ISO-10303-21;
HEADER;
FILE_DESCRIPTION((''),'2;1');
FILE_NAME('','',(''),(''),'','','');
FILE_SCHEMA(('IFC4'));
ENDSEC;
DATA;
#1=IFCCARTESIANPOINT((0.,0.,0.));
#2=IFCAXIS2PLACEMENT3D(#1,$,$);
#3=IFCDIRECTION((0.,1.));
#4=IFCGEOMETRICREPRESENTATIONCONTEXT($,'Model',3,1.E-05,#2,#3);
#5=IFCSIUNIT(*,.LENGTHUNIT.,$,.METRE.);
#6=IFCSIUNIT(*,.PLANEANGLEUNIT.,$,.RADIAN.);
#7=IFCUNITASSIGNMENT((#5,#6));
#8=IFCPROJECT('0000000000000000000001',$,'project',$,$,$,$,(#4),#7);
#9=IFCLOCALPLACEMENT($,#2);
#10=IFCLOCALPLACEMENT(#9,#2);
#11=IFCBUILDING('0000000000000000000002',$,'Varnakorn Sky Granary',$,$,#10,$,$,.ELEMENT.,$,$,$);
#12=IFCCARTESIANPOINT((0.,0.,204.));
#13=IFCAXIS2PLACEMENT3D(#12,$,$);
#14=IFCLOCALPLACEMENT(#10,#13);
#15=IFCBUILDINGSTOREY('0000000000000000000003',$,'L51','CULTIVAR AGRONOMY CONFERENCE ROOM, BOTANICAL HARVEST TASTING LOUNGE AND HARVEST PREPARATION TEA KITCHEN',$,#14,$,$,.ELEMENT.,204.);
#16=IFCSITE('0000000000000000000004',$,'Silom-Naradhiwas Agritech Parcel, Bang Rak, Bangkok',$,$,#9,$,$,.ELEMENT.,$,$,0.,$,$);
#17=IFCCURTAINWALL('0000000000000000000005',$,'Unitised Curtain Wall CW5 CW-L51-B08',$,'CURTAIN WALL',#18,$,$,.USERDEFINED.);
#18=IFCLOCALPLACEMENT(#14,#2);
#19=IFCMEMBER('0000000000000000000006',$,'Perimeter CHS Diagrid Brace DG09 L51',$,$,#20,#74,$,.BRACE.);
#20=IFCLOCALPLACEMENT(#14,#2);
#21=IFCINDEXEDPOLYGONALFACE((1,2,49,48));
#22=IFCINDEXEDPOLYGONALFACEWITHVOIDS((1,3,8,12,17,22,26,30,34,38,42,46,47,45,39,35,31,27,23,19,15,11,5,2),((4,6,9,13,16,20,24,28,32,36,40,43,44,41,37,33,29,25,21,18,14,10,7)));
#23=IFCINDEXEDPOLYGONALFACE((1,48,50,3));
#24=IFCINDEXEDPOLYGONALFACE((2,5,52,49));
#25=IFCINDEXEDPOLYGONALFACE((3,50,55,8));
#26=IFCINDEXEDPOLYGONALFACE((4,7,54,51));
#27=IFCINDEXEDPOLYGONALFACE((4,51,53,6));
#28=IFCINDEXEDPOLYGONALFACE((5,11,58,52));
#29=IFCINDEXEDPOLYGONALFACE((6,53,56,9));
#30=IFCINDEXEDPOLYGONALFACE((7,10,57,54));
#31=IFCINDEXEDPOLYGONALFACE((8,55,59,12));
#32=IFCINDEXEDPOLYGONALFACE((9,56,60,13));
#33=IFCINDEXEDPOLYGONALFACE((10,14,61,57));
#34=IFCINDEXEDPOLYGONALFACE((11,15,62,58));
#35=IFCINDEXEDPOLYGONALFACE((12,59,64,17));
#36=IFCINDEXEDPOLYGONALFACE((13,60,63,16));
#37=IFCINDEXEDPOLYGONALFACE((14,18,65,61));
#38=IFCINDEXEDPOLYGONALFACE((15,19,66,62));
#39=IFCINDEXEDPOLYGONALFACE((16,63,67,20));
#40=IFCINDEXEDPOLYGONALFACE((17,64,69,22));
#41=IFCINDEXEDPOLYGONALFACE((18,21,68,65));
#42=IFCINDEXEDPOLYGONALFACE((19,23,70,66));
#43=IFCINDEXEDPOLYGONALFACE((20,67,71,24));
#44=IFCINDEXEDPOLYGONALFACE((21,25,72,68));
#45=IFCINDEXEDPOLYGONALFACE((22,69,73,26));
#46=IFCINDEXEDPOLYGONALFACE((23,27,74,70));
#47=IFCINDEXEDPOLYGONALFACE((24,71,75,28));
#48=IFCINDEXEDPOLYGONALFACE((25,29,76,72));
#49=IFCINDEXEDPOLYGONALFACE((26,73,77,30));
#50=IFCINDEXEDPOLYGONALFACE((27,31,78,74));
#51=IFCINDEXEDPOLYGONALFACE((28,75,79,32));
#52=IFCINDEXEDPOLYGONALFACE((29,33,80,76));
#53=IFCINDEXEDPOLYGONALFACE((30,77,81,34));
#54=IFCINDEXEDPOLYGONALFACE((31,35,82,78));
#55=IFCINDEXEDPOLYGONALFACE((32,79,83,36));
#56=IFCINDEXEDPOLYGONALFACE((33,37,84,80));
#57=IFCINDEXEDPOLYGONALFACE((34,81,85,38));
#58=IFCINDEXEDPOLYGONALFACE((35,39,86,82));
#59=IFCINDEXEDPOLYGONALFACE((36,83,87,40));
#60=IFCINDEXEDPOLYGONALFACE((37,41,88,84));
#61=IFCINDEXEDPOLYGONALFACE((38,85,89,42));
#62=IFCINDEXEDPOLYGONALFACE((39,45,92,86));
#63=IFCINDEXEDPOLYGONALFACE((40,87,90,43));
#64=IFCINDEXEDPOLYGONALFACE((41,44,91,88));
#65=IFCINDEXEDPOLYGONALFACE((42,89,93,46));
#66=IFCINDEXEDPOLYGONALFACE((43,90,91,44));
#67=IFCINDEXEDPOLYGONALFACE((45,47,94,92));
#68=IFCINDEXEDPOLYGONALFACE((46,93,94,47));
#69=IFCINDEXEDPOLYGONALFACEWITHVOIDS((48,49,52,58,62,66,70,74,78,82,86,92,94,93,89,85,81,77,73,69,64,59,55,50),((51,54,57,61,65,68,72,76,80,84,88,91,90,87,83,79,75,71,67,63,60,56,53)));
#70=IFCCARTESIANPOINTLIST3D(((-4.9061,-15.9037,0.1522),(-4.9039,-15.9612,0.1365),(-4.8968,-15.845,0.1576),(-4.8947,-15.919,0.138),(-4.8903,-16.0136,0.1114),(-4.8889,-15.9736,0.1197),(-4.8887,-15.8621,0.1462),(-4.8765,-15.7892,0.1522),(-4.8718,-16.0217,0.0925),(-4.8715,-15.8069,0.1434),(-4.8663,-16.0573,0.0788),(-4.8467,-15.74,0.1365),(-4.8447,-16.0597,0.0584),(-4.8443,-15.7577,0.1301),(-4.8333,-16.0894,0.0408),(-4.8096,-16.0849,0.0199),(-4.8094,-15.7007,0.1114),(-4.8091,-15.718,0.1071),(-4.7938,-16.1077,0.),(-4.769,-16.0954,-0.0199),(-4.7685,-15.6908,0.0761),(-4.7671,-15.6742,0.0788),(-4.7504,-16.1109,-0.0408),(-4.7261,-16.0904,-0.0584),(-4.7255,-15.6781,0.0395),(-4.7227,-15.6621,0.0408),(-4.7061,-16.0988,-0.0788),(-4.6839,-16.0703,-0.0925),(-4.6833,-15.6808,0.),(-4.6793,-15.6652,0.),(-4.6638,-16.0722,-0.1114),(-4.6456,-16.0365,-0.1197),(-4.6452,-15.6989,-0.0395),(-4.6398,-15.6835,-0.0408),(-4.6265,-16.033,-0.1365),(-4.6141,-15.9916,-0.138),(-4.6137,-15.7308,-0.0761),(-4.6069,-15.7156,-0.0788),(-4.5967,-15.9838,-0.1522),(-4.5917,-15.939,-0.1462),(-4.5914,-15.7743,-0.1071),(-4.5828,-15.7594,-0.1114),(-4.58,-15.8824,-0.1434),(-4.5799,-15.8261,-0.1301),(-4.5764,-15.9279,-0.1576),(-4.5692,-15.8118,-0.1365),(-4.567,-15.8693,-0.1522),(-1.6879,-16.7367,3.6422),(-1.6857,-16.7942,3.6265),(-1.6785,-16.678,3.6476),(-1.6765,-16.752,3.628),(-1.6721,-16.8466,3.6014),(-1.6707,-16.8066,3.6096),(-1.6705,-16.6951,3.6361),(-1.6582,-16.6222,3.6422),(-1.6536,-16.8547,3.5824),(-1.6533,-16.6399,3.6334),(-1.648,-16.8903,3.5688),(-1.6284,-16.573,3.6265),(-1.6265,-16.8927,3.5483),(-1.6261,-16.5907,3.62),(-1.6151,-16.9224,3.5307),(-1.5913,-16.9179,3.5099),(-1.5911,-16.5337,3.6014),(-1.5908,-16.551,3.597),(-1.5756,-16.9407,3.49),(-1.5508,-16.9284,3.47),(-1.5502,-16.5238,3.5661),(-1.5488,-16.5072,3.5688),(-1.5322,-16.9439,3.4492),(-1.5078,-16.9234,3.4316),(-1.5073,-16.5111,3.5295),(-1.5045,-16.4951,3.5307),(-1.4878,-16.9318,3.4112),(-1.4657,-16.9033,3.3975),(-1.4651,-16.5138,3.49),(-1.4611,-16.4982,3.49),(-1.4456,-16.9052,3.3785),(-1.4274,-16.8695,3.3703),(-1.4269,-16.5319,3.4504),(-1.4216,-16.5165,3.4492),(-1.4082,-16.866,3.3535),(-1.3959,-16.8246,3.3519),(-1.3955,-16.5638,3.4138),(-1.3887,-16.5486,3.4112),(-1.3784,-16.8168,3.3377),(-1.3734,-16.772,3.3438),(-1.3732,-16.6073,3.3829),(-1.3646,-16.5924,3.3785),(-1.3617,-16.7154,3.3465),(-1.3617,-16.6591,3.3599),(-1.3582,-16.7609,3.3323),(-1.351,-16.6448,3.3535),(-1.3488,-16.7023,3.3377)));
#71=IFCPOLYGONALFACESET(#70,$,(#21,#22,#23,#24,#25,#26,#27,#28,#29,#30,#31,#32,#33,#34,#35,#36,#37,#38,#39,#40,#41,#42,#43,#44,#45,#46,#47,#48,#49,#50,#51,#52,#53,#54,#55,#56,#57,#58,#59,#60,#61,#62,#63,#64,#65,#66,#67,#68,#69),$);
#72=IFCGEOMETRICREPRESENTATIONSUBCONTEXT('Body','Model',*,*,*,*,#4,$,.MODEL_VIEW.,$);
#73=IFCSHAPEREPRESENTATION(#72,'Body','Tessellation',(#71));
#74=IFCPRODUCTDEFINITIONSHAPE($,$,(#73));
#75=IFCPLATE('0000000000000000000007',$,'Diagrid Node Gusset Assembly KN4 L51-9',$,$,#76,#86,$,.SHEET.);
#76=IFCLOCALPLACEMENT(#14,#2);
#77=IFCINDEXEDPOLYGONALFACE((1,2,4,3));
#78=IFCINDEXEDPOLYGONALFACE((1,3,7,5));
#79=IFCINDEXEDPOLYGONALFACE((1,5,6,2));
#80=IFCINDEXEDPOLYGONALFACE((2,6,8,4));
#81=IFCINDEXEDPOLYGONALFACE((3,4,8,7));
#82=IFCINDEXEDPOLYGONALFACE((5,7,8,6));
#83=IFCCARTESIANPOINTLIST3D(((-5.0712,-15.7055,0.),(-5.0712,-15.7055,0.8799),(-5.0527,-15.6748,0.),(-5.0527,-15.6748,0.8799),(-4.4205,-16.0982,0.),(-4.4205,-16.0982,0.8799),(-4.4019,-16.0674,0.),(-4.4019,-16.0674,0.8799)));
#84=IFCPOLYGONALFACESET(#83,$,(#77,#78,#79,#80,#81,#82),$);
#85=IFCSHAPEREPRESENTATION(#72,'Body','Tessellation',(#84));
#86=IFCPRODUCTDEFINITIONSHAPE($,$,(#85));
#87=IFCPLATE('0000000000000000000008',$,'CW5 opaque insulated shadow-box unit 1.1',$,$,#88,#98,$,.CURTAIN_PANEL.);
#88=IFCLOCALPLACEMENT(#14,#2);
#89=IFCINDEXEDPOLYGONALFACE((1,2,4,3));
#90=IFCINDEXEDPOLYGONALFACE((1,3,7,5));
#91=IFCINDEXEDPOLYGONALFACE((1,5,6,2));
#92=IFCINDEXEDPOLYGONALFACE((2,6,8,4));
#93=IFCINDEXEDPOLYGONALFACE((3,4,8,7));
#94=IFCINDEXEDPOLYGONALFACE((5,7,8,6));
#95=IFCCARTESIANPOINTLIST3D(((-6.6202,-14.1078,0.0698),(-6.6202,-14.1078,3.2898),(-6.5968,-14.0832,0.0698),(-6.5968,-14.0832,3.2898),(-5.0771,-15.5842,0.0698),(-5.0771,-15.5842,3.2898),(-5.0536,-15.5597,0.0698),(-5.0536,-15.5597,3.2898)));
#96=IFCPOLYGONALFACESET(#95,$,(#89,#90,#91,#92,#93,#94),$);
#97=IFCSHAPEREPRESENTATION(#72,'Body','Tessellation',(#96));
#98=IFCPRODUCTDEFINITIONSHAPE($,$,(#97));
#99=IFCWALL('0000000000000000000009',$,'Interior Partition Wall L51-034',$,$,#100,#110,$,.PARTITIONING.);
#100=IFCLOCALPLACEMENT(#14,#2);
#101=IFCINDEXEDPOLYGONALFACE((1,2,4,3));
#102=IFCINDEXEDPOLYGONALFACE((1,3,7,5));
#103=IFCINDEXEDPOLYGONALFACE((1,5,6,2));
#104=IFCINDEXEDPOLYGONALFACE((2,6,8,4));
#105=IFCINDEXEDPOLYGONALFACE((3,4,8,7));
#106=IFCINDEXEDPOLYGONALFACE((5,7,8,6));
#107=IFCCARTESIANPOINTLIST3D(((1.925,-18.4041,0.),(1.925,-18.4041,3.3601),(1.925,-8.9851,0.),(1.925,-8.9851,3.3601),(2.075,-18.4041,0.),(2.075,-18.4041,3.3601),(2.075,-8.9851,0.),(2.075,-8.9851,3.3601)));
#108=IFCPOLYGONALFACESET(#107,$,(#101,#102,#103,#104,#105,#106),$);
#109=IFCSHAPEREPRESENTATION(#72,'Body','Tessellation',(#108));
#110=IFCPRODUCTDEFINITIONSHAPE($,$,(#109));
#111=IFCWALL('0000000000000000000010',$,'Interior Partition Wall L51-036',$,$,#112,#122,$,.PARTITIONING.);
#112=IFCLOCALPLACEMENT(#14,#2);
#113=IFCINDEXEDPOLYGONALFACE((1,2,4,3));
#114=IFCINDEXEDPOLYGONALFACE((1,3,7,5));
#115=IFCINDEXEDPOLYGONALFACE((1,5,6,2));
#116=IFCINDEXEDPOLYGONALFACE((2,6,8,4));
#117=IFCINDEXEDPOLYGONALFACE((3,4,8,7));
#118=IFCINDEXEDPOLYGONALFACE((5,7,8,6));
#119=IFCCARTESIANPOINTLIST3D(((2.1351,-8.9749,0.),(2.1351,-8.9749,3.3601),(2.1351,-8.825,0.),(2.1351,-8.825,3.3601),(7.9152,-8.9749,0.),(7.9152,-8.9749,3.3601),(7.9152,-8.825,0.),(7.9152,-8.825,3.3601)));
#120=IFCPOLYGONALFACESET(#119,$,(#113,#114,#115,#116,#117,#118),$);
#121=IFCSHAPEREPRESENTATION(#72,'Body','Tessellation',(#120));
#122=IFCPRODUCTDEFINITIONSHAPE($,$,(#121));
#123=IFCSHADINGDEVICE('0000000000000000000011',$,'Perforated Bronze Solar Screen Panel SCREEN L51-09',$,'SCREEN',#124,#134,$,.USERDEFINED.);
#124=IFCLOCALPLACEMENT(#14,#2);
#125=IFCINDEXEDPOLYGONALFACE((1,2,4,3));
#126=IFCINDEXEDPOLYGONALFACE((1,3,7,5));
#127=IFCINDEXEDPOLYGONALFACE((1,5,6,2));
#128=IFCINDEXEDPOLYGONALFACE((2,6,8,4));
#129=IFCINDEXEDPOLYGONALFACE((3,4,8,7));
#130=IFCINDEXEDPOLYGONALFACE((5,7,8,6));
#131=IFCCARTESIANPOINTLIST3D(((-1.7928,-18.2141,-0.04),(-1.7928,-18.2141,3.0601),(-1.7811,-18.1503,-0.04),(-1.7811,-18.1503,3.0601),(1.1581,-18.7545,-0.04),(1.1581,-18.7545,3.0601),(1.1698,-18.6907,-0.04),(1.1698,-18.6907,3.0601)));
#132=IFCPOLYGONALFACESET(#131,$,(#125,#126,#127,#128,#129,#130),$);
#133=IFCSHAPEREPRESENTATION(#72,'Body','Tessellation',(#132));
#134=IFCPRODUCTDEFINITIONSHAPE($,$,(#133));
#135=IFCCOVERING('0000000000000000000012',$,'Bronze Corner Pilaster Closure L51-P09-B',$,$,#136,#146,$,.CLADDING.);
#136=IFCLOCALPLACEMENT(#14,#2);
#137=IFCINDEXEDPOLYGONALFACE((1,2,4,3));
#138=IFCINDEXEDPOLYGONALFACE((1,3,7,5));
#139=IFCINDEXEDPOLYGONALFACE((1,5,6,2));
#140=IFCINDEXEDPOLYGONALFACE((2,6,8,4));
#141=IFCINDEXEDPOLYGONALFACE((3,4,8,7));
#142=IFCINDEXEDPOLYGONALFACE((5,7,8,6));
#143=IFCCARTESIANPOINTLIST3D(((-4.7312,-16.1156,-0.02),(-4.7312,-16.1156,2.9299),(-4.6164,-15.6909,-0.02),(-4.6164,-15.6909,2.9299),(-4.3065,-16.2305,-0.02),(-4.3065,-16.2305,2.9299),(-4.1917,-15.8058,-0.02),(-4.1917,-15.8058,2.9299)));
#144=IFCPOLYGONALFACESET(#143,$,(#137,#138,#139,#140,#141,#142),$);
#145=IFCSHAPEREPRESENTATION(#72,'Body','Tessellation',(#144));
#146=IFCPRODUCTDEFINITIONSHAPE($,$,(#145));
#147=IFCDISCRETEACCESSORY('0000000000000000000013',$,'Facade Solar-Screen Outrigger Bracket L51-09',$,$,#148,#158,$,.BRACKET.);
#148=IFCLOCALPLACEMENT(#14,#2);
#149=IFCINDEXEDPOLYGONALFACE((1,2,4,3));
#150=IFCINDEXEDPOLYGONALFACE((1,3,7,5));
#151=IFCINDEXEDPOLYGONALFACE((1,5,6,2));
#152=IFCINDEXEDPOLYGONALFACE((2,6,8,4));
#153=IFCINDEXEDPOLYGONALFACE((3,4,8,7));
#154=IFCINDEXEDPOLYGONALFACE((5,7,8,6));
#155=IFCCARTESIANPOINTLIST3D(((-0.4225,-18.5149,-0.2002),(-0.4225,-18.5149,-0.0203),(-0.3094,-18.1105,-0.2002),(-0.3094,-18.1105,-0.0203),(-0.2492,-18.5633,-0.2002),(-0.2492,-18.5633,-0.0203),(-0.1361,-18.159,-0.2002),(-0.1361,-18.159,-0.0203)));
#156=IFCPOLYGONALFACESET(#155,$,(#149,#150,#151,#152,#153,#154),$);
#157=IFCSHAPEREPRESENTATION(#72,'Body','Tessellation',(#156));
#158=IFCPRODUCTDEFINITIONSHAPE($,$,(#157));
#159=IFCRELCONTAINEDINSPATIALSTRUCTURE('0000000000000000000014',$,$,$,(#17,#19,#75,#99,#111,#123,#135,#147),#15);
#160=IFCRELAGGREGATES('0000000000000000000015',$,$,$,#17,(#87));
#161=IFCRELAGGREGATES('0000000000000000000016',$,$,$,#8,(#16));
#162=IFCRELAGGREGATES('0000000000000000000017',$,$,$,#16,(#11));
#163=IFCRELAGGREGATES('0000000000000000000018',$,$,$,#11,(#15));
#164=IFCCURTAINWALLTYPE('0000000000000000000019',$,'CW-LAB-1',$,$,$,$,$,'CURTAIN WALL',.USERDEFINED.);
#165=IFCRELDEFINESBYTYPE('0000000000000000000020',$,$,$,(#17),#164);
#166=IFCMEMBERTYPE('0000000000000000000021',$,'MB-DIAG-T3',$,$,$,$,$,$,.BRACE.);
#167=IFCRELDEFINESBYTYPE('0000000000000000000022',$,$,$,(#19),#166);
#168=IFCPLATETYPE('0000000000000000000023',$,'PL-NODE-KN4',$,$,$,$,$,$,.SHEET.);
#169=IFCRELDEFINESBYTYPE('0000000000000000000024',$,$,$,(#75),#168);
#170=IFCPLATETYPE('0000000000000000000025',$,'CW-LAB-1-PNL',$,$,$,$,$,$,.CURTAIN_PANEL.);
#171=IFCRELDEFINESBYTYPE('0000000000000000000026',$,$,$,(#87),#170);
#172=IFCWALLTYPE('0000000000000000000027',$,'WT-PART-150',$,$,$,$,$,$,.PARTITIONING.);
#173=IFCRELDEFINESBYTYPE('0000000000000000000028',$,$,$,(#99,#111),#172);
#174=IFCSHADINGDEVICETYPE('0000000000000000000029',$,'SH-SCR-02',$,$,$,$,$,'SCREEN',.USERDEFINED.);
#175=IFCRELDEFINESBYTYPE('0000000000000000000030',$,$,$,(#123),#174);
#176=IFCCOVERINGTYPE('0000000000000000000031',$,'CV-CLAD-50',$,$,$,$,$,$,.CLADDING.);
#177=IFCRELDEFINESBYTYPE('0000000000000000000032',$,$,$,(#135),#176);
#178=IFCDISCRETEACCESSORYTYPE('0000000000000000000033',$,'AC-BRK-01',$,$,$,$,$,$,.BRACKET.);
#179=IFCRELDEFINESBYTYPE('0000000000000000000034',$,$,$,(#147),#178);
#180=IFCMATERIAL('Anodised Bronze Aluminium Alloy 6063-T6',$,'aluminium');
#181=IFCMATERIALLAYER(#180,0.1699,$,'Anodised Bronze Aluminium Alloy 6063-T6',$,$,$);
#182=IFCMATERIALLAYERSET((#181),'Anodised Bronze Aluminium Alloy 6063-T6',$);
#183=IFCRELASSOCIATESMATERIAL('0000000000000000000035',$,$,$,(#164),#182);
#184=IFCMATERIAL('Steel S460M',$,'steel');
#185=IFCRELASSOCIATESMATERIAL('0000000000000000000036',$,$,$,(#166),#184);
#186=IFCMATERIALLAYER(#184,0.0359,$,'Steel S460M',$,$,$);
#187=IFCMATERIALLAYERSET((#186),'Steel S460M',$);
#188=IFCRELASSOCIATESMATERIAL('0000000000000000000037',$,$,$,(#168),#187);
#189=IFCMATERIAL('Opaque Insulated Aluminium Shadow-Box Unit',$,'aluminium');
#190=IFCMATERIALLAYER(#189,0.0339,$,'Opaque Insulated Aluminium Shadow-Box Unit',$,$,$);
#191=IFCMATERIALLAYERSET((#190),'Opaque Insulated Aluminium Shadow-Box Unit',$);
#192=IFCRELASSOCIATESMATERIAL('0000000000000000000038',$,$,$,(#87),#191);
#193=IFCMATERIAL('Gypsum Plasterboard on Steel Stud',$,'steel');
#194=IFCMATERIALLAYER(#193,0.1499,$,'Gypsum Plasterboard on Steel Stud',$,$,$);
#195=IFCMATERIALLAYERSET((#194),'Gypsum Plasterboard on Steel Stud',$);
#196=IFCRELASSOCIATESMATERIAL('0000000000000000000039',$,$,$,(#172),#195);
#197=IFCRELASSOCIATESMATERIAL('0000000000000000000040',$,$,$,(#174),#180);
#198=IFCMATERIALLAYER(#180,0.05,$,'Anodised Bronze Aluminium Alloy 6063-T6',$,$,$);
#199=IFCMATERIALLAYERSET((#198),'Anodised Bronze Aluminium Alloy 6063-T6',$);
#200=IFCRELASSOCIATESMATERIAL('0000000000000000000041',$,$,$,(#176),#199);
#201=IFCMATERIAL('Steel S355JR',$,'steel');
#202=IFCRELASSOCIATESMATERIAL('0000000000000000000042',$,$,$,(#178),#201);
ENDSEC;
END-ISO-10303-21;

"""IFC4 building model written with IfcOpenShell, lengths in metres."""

from ifc_helpers import new_model, si_unit, direction, frame, frame_2d, origin, origin_2d, place, context, subcontext, project, spatial, rectangle, hollow_circle, extrude, source, transform, mapped, material, layer, layer_set, material_profile, profile_set, type_object, type_shapes, element, aggregate, save


model = new_model("IFC4")

# Units and contexts
model_context = context("Model", 3, precision=1e-05, world=origin(), true_north=direction((0.0, 1.0)))
body_context = subcontext(model_context, "Body", "Model", "MODEL_VIEW")
ifc_project = project(units=[si_unit("LENGTHUNIT", "METRE"), si_unit("PLANEANGLEUNIT", "RADIAN")], contexts=[model_context])

# Site, building, storey
site_placement = place(None, origin())
site = spatial("IfcSite", under=ifc_project, at=site_placement, Name="Silom-Naradhiwas Agritech Parcel, Bang Rak, Bangkok", CompositionType="ELEMENT", RefElevation=0.0)
building_placement = place(site_placement, origin())
building = spatial("IfcBuilding", under=site, at=building_placement, Name="Varnakorn Sky Granary", CompositionType="ELEMENT")
storey_placement = place(building_placement, frame((0.0, 0.0, 204.0)))
storey = spatial("IfcBuildingStorey", under=building, at=storey_placement, Name="L51", Description="CULTIVAR AGRONOMY CONFERENCE ROOM, BOTANICAL HARVEST TASTING LOUNGE AND HARVEST PREPARATION TEA KITCHEN", CompositionType="ELEMENT", Elevation=204.0)

# Shared definitions
ifc_material_1 = material(Name="Steel S460M", Category="steel")

# Shared definitions
ifc_material_2 = material(Name="Steel S355JR", Category="steel")

# Curtain wall
ifc_material_3 = material(Name="Anodised Bronze Aluminium Alloy 6063-T6", Category="aluminium")
ifc_layer_1 = layer(ifc_material_3, 0.1699, Name="Anodised Bronze Aluminium Alloy 6063-T6")
ifc_layer_set_1 = layer_set([ifc_layer_1], Name="Anodised Bronze Aluminium Alloy 6063-T6")
curtain_wall_type = type_object("IfcCurtainWallType", Name="CW-LAB-1", ElementType="CURTAIN WALL", PredefinedType="USERDEFINED", material=ifc_layer_set_1)
curtain_wall_placement = place(storey_placement, origin())
curtain_wall = element("IfcCurtainWall", 1, at=curtain_wall_placement, inside=storey, type_object=curtain_wall_type, Name="Unitised Curtain Wall CW5 CW-L51-B08", ObjectType="CURTAIN WALL", PredefinedType="USERDEFINED")

# Member
ifc_material_profile_1 = material_profile(ifc_material_1, hollow_circle(Radius=0.2285, WallThickness=0.0161, at=origin_2d()), Name="CHS 457x16")
ifc_profile_set_1 = profile_set([ifc_material_profile_1], Name="Steel S460M")
member_type_1 = type_object("IfcMemberType", Name="MB-DIAG-T3", PredefinedType="BRACE", material=ifc_profile_set_1)
member_1_placement = place(storey_placement, frame((-4.7366, -15.8865, 0.0), z_axis=(0.667707, -0.172828, 0.724084), x_axis=(0.25058, 0.968096, 0.0)))
element("IfcMember", 2, at=member_1_placement, inside=storey, type_object=member_type_1, Name="Perimeter CHS Diagrid Brace DG09 L51", PredefinedType="BRACE", context=body_context, shape_type="SweptSolid", body=[
    extrude(hollow_circle(Radius=0.2285, WallThickness=0.0161, at=origin_2d()), origin(), (0.0, 0.0, 1.0), 4.8198),
])

# Plates
ifc_layer_2 = layer(ifc_material_1, 0.0359, Name="Steel S460M")
ifc_layer_set_2 = layer_set([ifc_layer_2], Name="Steel S460M")
plate_type_1 = type_object("IfcPlateType", Name="PL-NODE-KN4", PredefinedType="SHEET", material=ifc_layer_set_2)
plate_1_placement = place(storey_placement, frame((-4.7366, -15.8865, 0.0), z_axis=(0.0, 0.0, 1.0), x_axis=(0.856191, -0.51666, 0.0)))
element("IfcPlate", 3, at=plate_1_placement, inside=storey, type_object=plate_type_1, Name="Diagrid Node Gusset Assembly KN4 L51-9", PredefinedType="SHEET", context=body_context, shape_type="SweptSolid", body=[
    extrude(rectangle(XDim=0.76, YDim=0.0359, at=origin_2d()), origin(), (0.0, 0.0, 1.0), 0.8799),
])
ifc_material_4 = material(Name="Opaque Insulated Aluminium Shadow-Box Unit", Category="aluminium")
ifc_layer_3 = layer(ifc_material_4, 0.0339, Name="Opaque Insulated Aluminium Shadow-Box Unit")
ifc_layer_set_3 = layer_set([ifc_layer_3], Name="Opaque Insulated Aluminium Shadow-Box Unit")
plate_type_2 = type_object("IfcPlateType", Name="CW-LAB-1-PNL", PredefinedType="CURTAIN_PANEL")
shared_shape_1 = source(origin(), body_context, "Body", "SweptSolid", [
    extrude(rectangle(XDim=2.1357, YDim=0.0339, at=origin_2d()), origin(), (0.0, 0.0, 1.0), 3.22),
])
type_shapes(plate_type_2, [shared_shape_1])
plate_2_placement = place(storey_placement, frame((-5.8369, -14.8337, 0.0698), z_axis=(0.0, 0.0, 1.0), x_axis=(-0.722551, 0.691317, 0.0)))
plate_2 = element("IfcPlate", 4, at=plate_2_placement, type_object=plate_type_2, material=ifc_layer_set_3, Name="CW5 opaque insulated shadow-box unit 1.1", PredefinedType="CURTAIN_PANEL", context=body_context, shape_type="MappedRepresentation", body=[
    mapped(shared_shape_1, transform((0.0, 0.0, 0.0), x_axis=(1.0, 0.0, 0.0), y_axis=(0.0, 1.0, 0.0), z_axis=(0.0, 0.0, 1.0), scale=1.0)),
])
aggregate(curtain_wall, [plate_2])

# Walls
ifc_material_5 = material(Name="Gypsum Plasterboard on Steel Stud", Category="steel")
ifc_layer_4 = layer(ifc_material_5, 0.1499, Name="Gypsum Plasterboard on Steel Stud")
ifc_layer_set_4 = layer_set([ifc_layer_4], Name="Gypsum Plasterboard on Steel Stud")
wall_type = type_object("IfcWallType", Name="WT-PART-150", PredefinedType="PARTITIONING", material=ifc_layer_set_4)
wall_1_placement = place(storey_placement, frame((2.0, -8.9851, 0.0), z_axis=(0.0, 0.0, 1.0), x_axis=(0.0, -1.0, 0.0)))
element("IfcWall", 5, at=wall_1_placement, inside=storey, type_object=wall_type, Name="Interior Partition Wall L51-034", PredefinedType="PARTITIONING", context=body_context, shape_type="SweptSolid", body=[
    extrude(rectangle(XDim=9.4189, YDim=0.1499, at=frame_2d((4.7095, 0.0))), origin(), (0.0, 0.0, 1.0), 3.3601),
])
wall_2_placement = place(storey_placement, frame((2.135, -8.8999, 0.0), z_axis=(0.0, 0.0, 1.0), x_axis=(1.0, 0.0, 0.0)))
element("IfcWall", 6, at=wall_2_placement, inside=storey, type_object=wall_type, Name="Interior Partition Wall L51-036", PredefinedType="PARTITIONING", context=body_context, shape_type="SweptSolid", body=[
    extrude(rectangle(XDim=5.78, YDim=0.1499, at=frame_2d((2.8901, 0.0))), origin(), (0.0, 0.0, 1.0), 3.3601),
])

# Shading device
shading_device_type = type_object("IfcShadingDeviceType", Name="SH-SCR-02", ElementType="SCREEN", PredefinedType="USERDEFINED", material=ifc_material_3)
shared_shape_2 = source(origin(), body_context, "Body", "SweptSolid", [
    extrude(rectangle(XDim=3.0, YDim=0.0649, at=origin_2d()), origin(), (0.0, 0.0, 1.0), 3.1001),
])
type_shapes(shading_device_type, [shared_shape_2])
shading_device_placement = place(storey_placement, frame((-0.3115, -18.4524, -0.04), z_axis=(0.0, 0.0, 1.0), x_axis=(0.983642, -0.180134, 0.0)))
element("IfcShadingDevice", 7, at=shading_device_placement, inside=storey, type_object=shading_device_type, Name="Perforated Bronze Solar Screen Panel SCREEN L51-09", ObjectType="SCREEN", PredefinedType="USERDEFINED", context=body_context, shape_type="MappedRepresentation", body=[
    mapped(shared_shape_2, transform((0.0, 0.0, 0.0), x_axis=(1.0, 0.0, 0.0), y_axis=(0.0, 1.0, 0.0), z_axis=(0.0, 0.0, 1.0), scale=1.0)),
])

# Covering
ifc_layer_5 = layer(ifc_material_3, 0.05, Name="Anodised Bronze Aluminium Alloy 6063-T6")
ifc_layer_set_5 = layer_set([ifc_layer_5], Name="Anodised Bronze Aluminium Alloy 6063-T6")
covering_type = type_object("IfcCoveringType", Name="CV-CLAD-50", PredefinedType="CLADDING", material=ifc_layer_set_5)
shared_shape_3 = source(origin(), body_context, "Body", "SweptSolid", [
    extrude(rectangle(XDim=0.4399, YDim=0.4399, at=origin_2d()), origin(), (0.0, 0.0, 1.0), 2.95),
])
type_shapes(covering_type, [shared_shape_3])
covering_placement = place(storey_placement, frame((-4.4614, -15.9607, -0.02), z_axis=(0.0, 0.0, 1.0), x_axis=(-0.965336, 0.26101, 0.0)))
element("IfcCovering", 8, at=covering_placement, inside=storey, type_object=covering_type, Name="Bronze Corner Pilaster Closure L51-P09-B", PredefinedType="CLADDING", context=body_context, shape_type="MappedRepresentation", body=[
    mapped(shared_shape_3, transform((0.0, 0.0, 0.0), x_axis=(1.0, 0.0, 0.0), y_axis=(0.0, 1.0, 0.0), z_axis=(0.0, 0.0, 1.0), scale=1.0)),
])

# Discrete accessory
discrete_accessory_type = type_object("IfcDiscreteAccessoryType", Name="AC-BRK-01", PredefinedType="BRACKET", material=ifc_material_2)
shared_shape_4 = source(origin(), body_context, "Body", "SweptSolid", [
    extrude(rectangle(XDim=0.1799, YDim=0.4199, at=origin_2d()), origin(), (0.0, 0.0, 1.0), 0.1799),
])
type_shapes(discrete_accessory_type, [shared_shape_4])
discrete_accessory_placement = place(storey_placement, frame((-0.2793, -18.3369, -0.2002), z_axis=(0.0, 0.0, 1.0), x_axis=(0.963033, -0.269383, 0.0)))
element("IfcDiscreteAccessory", 9, at=discrete_accessory_placement, inside=storey, type_object=discrete_accessory_type, Name="Facade Solar-Screen Outrigger Bracket L51-09", PredefinedType="BRACKET", context=body_context, shape_type="MappedRepresentation", body=[
    mapped(shared_shape_4, transform((0.0, 0.0, 0.0), x_axis=(1.0, 0.0, 0.0), y_axis=(0.0, 1.0, 0.0), z_axis=(0.0, 0.0, 1.0), scale=1.0)),
])

save(model, "model.ifc")
